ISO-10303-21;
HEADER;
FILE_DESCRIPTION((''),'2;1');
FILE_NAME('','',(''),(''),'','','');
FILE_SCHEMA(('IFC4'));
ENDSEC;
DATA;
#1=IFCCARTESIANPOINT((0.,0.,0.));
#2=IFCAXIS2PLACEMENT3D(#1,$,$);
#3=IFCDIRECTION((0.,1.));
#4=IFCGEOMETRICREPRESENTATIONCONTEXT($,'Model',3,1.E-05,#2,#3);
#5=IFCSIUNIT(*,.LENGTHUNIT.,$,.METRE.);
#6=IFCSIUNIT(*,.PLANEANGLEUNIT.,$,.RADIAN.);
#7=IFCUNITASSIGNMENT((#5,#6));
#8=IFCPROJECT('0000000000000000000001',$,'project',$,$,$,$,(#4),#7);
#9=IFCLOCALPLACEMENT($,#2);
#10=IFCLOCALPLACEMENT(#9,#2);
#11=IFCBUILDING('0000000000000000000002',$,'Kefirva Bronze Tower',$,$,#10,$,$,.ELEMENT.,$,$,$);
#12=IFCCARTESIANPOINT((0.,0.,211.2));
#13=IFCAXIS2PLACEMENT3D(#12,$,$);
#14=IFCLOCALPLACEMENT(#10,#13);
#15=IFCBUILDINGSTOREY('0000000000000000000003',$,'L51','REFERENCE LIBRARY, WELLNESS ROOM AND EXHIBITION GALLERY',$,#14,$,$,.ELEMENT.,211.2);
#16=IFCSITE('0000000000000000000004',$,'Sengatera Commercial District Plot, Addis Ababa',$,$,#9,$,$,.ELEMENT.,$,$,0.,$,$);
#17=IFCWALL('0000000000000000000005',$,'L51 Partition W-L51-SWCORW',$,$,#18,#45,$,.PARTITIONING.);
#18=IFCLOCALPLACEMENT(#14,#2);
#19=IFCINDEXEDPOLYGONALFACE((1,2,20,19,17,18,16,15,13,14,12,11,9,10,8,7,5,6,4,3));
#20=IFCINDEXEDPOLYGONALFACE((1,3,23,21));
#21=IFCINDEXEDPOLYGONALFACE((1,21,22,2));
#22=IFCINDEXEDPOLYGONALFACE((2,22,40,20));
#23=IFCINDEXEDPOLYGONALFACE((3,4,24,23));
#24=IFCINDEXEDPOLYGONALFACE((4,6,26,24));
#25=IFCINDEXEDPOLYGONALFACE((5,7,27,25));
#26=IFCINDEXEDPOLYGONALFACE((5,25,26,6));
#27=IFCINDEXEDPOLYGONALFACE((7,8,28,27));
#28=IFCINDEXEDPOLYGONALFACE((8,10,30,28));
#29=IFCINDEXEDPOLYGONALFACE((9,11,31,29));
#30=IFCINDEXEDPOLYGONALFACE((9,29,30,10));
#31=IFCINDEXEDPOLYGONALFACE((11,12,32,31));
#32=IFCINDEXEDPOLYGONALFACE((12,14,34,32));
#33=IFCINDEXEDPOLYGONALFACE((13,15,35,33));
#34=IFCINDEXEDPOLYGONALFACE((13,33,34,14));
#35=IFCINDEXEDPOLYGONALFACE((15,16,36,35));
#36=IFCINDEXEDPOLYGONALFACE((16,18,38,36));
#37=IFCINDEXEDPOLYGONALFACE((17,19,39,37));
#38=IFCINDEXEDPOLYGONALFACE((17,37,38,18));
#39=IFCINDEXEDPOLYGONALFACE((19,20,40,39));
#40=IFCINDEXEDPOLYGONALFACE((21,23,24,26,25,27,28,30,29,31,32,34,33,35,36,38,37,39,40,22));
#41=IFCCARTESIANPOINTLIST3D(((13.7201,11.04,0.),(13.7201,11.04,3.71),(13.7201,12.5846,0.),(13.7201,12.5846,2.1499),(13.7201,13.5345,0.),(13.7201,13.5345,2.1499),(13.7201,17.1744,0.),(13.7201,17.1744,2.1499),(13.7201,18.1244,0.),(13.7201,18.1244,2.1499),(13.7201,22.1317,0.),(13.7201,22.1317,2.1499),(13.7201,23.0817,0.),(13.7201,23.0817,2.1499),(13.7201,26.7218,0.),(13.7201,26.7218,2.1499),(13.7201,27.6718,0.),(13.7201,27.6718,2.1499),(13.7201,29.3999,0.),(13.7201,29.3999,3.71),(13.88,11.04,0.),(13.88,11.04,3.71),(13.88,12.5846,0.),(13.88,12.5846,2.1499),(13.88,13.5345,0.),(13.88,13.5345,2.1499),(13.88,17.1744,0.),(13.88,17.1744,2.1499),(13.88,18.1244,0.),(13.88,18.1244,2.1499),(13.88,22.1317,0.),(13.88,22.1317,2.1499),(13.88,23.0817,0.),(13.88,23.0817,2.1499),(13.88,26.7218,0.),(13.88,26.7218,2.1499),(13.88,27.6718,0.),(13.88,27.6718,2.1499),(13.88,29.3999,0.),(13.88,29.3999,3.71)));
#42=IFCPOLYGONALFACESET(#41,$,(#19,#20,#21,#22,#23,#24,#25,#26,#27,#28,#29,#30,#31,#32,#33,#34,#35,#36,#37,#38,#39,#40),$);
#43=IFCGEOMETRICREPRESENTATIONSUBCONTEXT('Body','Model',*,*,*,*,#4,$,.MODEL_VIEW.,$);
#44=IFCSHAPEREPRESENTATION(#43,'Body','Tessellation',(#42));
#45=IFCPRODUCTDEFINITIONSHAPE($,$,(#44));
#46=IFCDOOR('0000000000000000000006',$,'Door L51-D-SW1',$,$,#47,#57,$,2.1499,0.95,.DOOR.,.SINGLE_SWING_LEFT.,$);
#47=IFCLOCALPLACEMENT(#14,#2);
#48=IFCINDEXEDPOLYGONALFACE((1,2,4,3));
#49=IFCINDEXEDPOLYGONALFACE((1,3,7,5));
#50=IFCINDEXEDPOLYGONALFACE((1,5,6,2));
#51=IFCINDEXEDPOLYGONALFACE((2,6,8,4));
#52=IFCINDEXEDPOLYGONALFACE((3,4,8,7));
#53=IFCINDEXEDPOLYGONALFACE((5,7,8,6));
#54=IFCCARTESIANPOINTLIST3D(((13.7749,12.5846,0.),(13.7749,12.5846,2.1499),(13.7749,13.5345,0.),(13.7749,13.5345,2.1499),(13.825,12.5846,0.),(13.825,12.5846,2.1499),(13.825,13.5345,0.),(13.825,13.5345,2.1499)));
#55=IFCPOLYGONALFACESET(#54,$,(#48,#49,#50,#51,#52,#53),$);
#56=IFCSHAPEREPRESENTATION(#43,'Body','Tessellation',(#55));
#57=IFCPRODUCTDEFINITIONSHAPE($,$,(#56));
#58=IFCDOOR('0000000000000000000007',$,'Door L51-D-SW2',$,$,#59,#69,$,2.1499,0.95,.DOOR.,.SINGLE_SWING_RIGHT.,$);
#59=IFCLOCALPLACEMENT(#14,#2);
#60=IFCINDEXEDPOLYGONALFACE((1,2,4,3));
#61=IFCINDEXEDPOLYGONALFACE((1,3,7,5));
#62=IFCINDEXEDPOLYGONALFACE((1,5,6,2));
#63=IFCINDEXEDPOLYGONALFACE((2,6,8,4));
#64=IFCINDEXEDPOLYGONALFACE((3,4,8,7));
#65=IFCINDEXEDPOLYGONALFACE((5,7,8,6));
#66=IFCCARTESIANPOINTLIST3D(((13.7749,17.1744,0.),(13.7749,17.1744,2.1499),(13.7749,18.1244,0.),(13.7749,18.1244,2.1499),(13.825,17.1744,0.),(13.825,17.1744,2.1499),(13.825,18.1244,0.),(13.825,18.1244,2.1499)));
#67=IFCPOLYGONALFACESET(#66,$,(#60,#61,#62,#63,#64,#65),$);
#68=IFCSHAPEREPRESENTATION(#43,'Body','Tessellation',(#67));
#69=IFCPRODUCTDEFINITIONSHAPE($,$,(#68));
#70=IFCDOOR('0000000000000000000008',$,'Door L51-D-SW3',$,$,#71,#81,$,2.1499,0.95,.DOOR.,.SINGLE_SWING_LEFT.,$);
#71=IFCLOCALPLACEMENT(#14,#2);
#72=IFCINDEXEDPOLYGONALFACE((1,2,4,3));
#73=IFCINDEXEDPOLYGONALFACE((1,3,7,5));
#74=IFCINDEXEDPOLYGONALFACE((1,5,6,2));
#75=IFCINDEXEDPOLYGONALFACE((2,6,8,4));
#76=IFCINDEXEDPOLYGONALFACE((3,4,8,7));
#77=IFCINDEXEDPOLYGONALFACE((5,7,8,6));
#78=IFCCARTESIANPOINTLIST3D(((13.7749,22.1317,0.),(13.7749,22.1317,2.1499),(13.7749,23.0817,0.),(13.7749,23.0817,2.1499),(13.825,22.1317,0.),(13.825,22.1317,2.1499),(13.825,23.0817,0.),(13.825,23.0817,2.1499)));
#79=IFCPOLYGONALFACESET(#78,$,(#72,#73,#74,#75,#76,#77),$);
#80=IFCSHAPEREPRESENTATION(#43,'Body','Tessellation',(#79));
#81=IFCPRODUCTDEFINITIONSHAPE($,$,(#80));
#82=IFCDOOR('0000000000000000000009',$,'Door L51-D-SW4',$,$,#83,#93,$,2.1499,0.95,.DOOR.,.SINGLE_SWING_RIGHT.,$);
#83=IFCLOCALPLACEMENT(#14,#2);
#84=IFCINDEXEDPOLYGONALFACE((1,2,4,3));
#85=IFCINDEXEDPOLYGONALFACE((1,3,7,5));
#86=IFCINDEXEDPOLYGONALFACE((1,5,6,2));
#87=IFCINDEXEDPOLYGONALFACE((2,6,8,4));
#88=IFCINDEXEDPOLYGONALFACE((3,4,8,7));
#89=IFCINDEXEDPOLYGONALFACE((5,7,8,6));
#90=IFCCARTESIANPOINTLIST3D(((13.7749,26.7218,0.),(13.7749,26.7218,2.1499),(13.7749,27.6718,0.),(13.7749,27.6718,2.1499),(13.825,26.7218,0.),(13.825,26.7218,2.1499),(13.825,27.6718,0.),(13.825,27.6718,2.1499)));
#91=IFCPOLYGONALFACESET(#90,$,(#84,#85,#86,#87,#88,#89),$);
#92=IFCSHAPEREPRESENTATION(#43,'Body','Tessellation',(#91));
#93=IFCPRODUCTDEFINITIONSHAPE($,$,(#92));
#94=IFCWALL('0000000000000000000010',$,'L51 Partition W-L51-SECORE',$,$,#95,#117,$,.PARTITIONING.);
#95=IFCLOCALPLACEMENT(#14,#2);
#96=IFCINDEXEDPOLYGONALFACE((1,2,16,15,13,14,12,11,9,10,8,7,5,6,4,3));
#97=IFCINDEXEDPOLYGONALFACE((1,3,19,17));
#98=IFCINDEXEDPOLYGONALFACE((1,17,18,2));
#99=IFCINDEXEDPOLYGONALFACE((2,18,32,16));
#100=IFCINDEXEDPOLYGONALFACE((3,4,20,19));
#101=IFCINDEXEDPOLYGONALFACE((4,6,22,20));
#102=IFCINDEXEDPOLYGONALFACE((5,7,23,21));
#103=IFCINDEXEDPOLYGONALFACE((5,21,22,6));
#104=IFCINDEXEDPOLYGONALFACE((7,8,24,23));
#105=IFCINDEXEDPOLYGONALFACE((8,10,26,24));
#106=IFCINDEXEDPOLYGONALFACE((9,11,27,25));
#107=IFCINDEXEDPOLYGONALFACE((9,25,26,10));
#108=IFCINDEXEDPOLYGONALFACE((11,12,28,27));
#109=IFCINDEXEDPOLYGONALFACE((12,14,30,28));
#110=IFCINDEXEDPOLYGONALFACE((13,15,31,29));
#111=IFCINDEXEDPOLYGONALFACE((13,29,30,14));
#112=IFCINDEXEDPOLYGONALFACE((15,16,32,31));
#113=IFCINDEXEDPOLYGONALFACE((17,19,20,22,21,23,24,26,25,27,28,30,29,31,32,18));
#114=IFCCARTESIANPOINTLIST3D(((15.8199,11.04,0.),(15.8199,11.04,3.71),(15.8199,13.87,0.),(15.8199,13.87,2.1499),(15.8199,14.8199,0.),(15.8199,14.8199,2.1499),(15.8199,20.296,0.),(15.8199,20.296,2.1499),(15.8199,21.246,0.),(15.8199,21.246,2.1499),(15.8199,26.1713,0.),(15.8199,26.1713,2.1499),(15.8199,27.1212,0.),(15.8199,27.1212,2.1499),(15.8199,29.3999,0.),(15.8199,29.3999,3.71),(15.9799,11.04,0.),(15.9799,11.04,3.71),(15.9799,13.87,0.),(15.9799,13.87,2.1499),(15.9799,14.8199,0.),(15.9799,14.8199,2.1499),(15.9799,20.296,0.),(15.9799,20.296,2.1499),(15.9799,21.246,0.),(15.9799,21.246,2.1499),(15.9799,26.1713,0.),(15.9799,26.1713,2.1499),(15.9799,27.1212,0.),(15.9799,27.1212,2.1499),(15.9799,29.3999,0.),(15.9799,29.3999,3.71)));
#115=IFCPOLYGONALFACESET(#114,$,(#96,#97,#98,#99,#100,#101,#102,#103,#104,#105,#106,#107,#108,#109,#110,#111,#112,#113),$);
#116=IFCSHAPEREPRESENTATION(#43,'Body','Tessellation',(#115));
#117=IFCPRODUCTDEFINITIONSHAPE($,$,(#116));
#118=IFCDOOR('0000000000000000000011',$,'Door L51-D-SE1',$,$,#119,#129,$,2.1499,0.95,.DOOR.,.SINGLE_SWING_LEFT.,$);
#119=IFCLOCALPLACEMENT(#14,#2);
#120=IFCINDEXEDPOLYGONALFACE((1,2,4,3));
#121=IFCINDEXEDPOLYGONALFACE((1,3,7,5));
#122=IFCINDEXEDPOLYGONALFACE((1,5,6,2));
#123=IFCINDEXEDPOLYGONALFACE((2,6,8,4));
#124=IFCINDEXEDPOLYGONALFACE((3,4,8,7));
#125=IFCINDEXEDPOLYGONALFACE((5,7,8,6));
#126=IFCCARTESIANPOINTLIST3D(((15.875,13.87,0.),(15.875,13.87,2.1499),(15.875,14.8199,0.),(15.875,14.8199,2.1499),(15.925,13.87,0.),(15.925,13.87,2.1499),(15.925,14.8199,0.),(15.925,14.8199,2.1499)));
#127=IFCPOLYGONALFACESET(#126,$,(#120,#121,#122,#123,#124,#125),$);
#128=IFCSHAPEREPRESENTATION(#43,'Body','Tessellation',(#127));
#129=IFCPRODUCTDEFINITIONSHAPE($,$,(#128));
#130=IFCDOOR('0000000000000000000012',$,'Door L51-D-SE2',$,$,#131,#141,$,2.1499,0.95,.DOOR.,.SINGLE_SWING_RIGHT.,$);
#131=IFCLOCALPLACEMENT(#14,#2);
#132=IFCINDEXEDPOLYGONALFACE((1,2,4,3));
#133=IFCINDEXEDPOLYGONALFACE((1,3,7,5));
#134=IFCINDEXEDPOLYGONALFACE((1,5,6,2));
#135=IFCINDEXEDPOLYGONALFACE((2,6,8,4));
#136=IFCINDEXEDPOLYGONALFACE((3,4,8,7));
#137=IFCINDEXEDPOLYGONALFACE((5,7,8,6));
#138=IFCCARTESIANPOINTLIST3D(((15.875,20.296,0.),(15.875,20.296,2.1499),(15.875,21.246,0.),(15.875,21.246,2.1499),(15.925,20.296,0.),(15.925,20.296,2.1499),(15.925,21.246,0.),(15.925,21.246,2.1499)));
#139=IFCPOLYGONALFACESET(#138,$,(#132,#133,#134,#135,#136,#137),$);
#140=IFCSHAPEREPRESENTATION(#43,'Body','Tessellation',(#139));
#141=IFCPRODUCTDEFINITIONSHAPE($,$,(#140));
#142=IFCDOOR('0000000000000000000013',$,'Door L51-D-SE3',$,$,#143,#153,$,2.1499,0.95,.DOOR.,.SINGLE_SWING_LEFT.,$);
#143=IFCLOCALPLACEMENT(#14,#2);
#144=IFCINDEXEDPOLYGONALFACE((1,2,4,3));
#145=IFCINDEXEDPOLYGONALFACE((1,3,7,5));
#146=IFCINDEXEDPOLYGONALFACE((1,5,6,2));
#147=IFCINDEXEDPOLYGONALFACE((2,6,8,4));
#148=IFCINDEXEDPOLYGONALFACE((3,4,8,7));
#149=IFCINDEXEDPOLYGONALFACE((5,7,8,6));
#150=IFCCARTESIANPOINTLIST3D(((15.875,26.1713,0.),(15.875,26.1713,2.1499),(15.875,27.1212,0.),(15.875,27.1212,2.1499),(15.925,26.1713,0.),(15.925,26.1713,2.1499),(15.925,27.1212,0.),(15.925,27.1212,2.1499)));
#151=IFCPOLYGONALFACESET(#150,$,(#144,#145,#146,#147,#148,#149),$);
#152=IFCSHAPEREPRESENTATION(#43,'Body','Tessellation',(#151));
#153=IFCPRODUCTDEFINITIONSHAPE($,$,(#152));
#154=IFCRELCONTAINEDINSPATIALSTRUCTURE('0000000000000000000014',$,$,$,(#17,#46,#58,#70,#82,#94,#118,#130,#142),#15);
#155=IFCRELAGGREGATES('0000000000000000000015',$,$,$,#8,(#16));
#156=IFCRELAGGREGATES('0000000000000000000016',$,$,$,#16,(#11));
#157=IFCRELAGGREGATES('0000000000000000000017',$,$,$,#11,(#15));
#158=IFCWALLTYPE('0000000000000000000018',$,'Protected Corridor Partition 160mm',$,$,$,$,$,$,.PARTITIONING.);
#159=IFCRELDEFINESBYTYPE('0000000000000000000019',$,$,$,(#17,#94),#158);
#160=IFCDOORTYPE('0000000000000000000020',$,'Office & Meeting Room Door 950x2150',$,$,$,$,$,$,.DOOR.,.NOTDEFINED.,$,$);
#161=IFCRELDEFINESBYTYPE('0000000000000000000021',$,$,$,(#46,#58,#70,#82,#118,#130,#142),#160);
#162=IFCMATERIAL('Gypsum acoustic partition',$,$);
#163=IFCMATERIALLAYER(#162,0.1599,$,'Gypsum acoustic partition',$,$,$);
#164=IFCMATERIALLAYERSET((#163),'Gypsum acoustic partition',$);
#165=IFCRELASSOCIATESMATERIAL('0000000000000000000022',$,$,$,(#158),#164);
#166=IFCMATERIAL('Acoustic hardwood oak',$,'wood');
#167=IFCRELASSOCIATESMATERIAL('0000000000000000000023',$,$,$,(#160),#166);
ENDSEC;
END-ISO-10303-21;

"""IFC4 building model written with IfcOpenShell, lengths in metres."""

from ifc_helpers import new_model, si_unit, direction, frame, frame_2d, origin, place, context, subcontext, project, spatial, rectangle, extrude, material, layer, layer_set, type_object, element, fill, save


model = new_model("IFC4")

# Units and contexts
model_context = context("Model", 3, precision=1e-05, world=origin(), true_north=direction((0.0, 1.0)))
body_context = subcontext(model_context, "Body", "Model", "MODEL_VIEW")
ifc_project = project(units=[si_unit("LENGTHUNIT", "METRE"), si_unit("PLANEANGLEUNIT", "RADIAN")], contexts=[model_context])

# Site, building, storey
site_placement = place(None, origin())
site = spatial("IfcSite", under=ifc_project, at=site_placement, Name="Sengatera Commercial District Plot, Addis Ababa", CompositionType="ELEMENT", RefElevation=0.0)
building_placement = place(site_placement, origin())
building = spatial("IfcBuilding", under=site, at=building_placement, Name="Kefirva Bronze Tower", CompositionType="ELEMENT")
storey_placement = place(building_placement, frame((0.0, 0.0, 211.2)))
storey = spatial("IfcBuildingStorey", under=building, at=storey_placement, Name="L51", Description="REFERENCE LIBRARY, WELLNESS ROOM AND EXHIBITION GALLERY", CompositionType="ELEMENT", Elevation=211.2)

# Walls, openings, doors
ifc_material_1 = material(Name="Gypsum acoustic partition")
ifc_layer_1 = layer(ifc_material_1, 0.1599, Name="Gypsum acoustic partition")
ifc_layer_set_1 = layer_set([ifc_layer_1], Name="Gypsum acoustic partition")
wall_type_1 = type_object("IfcWallType", Name="Protected Corridor Partition 160mm", PredefinedType="PARTITIONING", material=ifc_layer_set_1)
wall_1_placement = place(storey_placement, frame((13.8, 11.04, 0.0), z_axis=(0.0, 0.0, 1.0), x_axis=(0.0, 1.0, 0.0)))
wall_1 = element("IfcWall", 1, at=wall_1_placement, inside=storey, type_object=wall_type_1, Name="L51 Partition W-L51-SWCORW", PredefinedType="PARTITIONING", context=body_context, shape_type="SweptSolid", body=[
    extrude(rectangle(XDim=18.3599, YDim=0.1599, at=frame_2d((9.1799, 0.0))), origin(), (0.0, 0.0, 1.0), 3.71),
])
opening_1_placement = place(wall_1_placement, frame((2.4946, 0.0, 0.0), z_axis=(0.0, 0.0, 1.0), x_axis=(-1.0, 0.0, 0.0)))
opening_1 = element("IfcOpeningElement", 2, at=opening_1_placement, cuts=wall_1, PredefinedType="OPENING", context=body_context, shape_type="SweptSolid", body=[
    extrude(rectangle(XDim=0.95, YDim=2.1499, at=frame_2d((0.4751, 1.075))), frame((0.0, 0.0898, 0.0), z_axis=(0.0, -1.0, 0.0), x_axis=(1.0, 0.0, 0.0)), (0.0, 0.0, 1.0), 0.1799),
])
opening_2_placement = place(wall_1_placement, frame((7.0845, 0.0, 0.0), z_axis=(0.0, 0.0, 1.0), x_axis=(-1.0, 0.0, 0.0)))
opening_2 = element("IfcOpeningElement", 3, at=opening_2_placement, cuts=wall_1, PredefinedType="OPENING", context=body_context, shape_type="SweptSolid", body=[
    extrude(rectangle(XDim=0.95, YDim=2.1499, at=frame_2d((0.4751, 1.075))), frame((0.0, 0.0898, 0.0), z_axis=(0.0, -1.0, 0.0), x_axis=(1.0, 0.0, 0.0)), (0.0, 0.0, 1.0), 0.1799),
])
opening_3_placement = place(wall_1_placement, frame((12.0417, 0.0, 0.0), z_axis=(0.0, 0.0, 1.0), x_axis=(-1.0, 0.0, 0.0)))
opening_3 = element("IfcOpeningElement", 4, at=opening_3_placement, cuts=wall_1, PredefinedType="OPENING", context=body_context, shape_type="SweptSolid", body=[
    extrude(rectangle(XDim=0.95, YDim=2.1499, at=frame_2d((0.4751, 1.075))), frame((0.0, 0.0898, 0.0), z_axis=(0.0, -1.0, 0.0), x_axis=(1.0, 0.0, 0.0)), (0.0, 0.0, 1.0), 0.1799),
])
opening_4_placement = place(wall_1_placement, frame((16.6318, 0.0, 0.0), z_axis=(0.0, 0.0, 1.0), x_axis=(-1.0, 0.0, 0.0)))
opening_4 = element("IfcOpeningElement", 5, at=opening_4_placement, cuts=wall_1, PredefinedType="OPENING", context=body_context, shape_type="SweptSolid", body=[
    extrude(rectangle(XDim=0.95, YDim=2.1499, at=frame_2d((0.4751, 1.075))), frame((0.0, 0.0898, 0.0), z_axis=(0.0, -1.0, 0.0), x_axis=(1.0, 0.0, 0.0)), (0.0, 0.0, 1.0), 0.1799),
])
ifc_material_2 = material(Name="Acoustic hardwood oak", Category="wood")
door_type = type_object("IfcDoorType", Name="Office & Meeting Room Door 950x2150", OperationType="NOTDEFINED", PredefinedType="DOOR", material=ifc_material_2)
door_1_placement = place(opening_1_placement, origin())
door_1 = element("IfcDoor", 6, at=door_1_placement, inside=storey, type_object=door_type, Name="Door L51-D-SW1", OperationType="SINGLE_SWING_LEFT", OverallHeight=2.1499, OverallWidth=0.95, PredefinedType="DOOR", context=body_context, shape_type="SweptSolid", body=[
    extrude(rectangle(XDim=0.95, YDim=2.1499, at=frame_2d((0.4751, 1.075))), frame((0.0, 0.0249, 0.0), z_axis=(0.0, -1.0, 0.0), x_axis=(1.0, 0.0, 0.0)), (0.0, 0.0, 1.0), 0.05),
])
fill(opening_1, door_1)
door_2_placement = place(opening_2_placement, origin())
door_2 = element("IfcDoor", 7, at=door_2_placement, inside=storey, type_object=door_type, Name="Door L51-D-SW2", OperationType="SINGLE_SWING_RIGHT", OverallHeight=2.1499, OverallWidth=0.95, PredefinedType="DOOR", context=body_context, shape_type="SweptSolid", body=[
    extrude(rectangle(XDim=0.95, YDim=2.1499, at=frame_2d((0.4751, 1.075))), frame((0.0, 0.0249, 0.0), z_axis=(0.0, -1.0, 0.0), x_axis=(1.0, 0.0, 0.0)), (0.0, 0.0, 1.0), 0.05),
])
fill(opening_2, door_2)
door_3_placement = place(opening_3_placement, origin())
door_3 = element("IfcDoor", 8, at=door_3_placement, inside=storey, type_object=door_type, Name="Door L51-D-SW3", OperationType="SINGLE_SWING_LEFT", OverallHeight=2.1499, OverallWidth=0.95, PredefinedType="DOOR", context=body_context, shape_type="SweptSolid", body=[
    extrude(rectangle(XDim=0.95, YDim=2.1499, at=frame_2d((0.4751, 1.075))), frame((0.0, 0.0249, 0.0), z_axis=(0.0, -1.0, 0.0), x_axis=(1.0, 0.0, 0.0)), (0.0, 0.0, 1.0), 0.05),
])
fill(opening_3, door_3)
door_4_placement = place(opening_4_placement, origin())
door_4 = element("IfcDoor", 9, at=door_4_placement, inside=storey, type_object=door_type, Name="Door L51-D-SW4", OperationType="SINGLE_SWING_RIGHT", OverallHeight=2.1499, OverallWidth=0.95, PredefinedType="DOOR", context=body_context, shape_type="SweptSolid", body=[
    extrude(rectangle(XDim=0.95, YDim=2.1499, at=frame_2d((0.4751, 1.075))), frame((0.0, 0.0249, 0.0), z_axis=(0.0, -1.0, 0.0), x_axis=(1.0, 0.0, 0.0)), (0.0, 0.0, 1.0), 0.05),
])
fill(opening_4, door_4)
wall_2_placement = place(storey_placement, frame((15.8999, 11.04, 0.0), z_axis=(0.0, 0.0, 1.0), x_axis=(0.0, 1.0, 0.0)))
wall_2 = element("IfcWall", 10, at=wall_2_placement, inside=storey, type_object=wall_type_1, Name="L51 Partition W-L51-SECORE", PredefinedType="PARTITIONING", context=body_context, shape_type="SweptSolid", body=[
    extrude(rectangle(XDim=18.3599, YDim=0.1599, at=frame_2d((9.1799, 0.0))), origin(), (0.0, 0.0, 1.0), 3.71),
])
opening_5_placement = place(wall_2_placement, frame((2.8298, 0.0, 0.0)))
opening_5 = element("IfcOpeningElement", 11, at=opening_5_placement, cuts=wall_2, PredefinedType="OPENING", context=body_context, shape_type="SweptSolid", body=[
    extrude(rectangle(XDim=0.95, YDim=2.1499, at=frame_2d((0.4751, 1.075))), frame((0.0, 0.0898, 0.0), z_axis=(0.0, -1.0, 0.0), x_axis=(1.0, 0.0, 0.0)), (0.0, 0.0, 1.0), 0.1799),
])
opening_6_placement = place(wall_2_placement, frame((9.2559, 0.0, 0.0)))
opening_6 = element("IfcOpeningElement", 12, at=opening_6_placement, cuts=wall_2, PredefinedType="OPENING", context=body_context, shape_type="SweptSolid", body=[
    extrude(rectangle(XDim=0.95, YDim=2.1499, at=frame_2d((0.4751, 1.075))), frame((0.0, 0.0898, 0.0), z_axis=(0.0, -1.0, 0.0), x_axis=(1.0, 0.0, 0.0)), (0.0, 0.0, 1.0), 0.1799),
])
opening_7_placement = place(wall_2_placement, frame((15.1311, 0.0, 0.0)))
opening_7 = element("IfcOpeningElement", 13, at=opening_7_placement, cuts=wall_2, PredefinedType="OPENING", context=body_context, shape_type="SweptSolid", body=[
    extrude(rectangle(XDim=0.95, YDim=2.1499, at=frame_2d((0.4751, 1.075))), frame((0.0, 0.0898, 0.0), z_axis=(0.0, -1.0, 0.0), x_axis=(1.0, 0.0, 0.0)), (0.0, 0.0, 1.0), 0.1799),
])
door_5_placement = place(opening_5_placement, origin())
door_5 = element("IfcDoor", 14, at=door_5_placement, inside=storey, type_object=door_type, Name="Door L51-D-SE1", OperationType="SINGLE_SWING_LEFT", OverallHeight=2.1499, OverallWidth=0.95, PredefinedType="DOOR", context=body_context, shape_type="SweptSolid", body=[
    extrude(rectangle(XDim=0.95, YDim=2.1499, at=frame_2d((0.4751, 1.075))), frame((0.0, 0.0249, 0.0), z_axis=(0.0, -1.0, 0.0), x_axis=(1.0, 0.0, 0.0)), (0.0, 0.0, 1.0), 0.05),
])
fill(opening_5, door_5)
door_6_placement = place(opening_6_placement, origin())
door_6 = element("IfcDoor", 15, at=door_6_placement, inside=storey, type_object=door_type, Name="Door L51-D-SE2", OperationType="SINGLE_SWING_RIGHT", OverallHeight=2.1499, OverallWidth=0.95, PredefinedType="DOOR", context=body_context, shape_type="SweptSolid", body=[
    extrude(rectangle(XDim=0.95, YDim=2.1499, at=frame_2d((0.4751, 1.075))), frame((0.0, 0.0249, 0.0), z_axis=(0.0, -1.0, 0.0), x_axis=(1.0, 0.0, 0.0)), (0.0, 0.0, 1.0), 0.05),
])
fill(opening_6, door_6)
door_7_placement = place(opening_7_placement, origin())
door_7 = element("IfcDoor", 16, at=door_7_placement, inside=storey, type_object=door_type, Name="Door L51-D-SE3", OperationType="SINGLE_SWING_LEFT", OverallHeight=2.1499, OverallWidth=0.95, PredefinedType="DOOR", context=body_context, shape_type="SweptSolid", body=[
    extrude(rectangle(XDim=0.95, YDim=2.1499, at=frame_2d((0.4751, 1.075))), frame((0.0, 0.0249, 0.0), z_axis=(0.0, -1.0, 0.0), x_axis=(1.0, 0.0, 0.0)), (0.0, 0.0, 1.0), 0.05),
])
fill(opening_7, door_7)

save(model, "model.ifc")
